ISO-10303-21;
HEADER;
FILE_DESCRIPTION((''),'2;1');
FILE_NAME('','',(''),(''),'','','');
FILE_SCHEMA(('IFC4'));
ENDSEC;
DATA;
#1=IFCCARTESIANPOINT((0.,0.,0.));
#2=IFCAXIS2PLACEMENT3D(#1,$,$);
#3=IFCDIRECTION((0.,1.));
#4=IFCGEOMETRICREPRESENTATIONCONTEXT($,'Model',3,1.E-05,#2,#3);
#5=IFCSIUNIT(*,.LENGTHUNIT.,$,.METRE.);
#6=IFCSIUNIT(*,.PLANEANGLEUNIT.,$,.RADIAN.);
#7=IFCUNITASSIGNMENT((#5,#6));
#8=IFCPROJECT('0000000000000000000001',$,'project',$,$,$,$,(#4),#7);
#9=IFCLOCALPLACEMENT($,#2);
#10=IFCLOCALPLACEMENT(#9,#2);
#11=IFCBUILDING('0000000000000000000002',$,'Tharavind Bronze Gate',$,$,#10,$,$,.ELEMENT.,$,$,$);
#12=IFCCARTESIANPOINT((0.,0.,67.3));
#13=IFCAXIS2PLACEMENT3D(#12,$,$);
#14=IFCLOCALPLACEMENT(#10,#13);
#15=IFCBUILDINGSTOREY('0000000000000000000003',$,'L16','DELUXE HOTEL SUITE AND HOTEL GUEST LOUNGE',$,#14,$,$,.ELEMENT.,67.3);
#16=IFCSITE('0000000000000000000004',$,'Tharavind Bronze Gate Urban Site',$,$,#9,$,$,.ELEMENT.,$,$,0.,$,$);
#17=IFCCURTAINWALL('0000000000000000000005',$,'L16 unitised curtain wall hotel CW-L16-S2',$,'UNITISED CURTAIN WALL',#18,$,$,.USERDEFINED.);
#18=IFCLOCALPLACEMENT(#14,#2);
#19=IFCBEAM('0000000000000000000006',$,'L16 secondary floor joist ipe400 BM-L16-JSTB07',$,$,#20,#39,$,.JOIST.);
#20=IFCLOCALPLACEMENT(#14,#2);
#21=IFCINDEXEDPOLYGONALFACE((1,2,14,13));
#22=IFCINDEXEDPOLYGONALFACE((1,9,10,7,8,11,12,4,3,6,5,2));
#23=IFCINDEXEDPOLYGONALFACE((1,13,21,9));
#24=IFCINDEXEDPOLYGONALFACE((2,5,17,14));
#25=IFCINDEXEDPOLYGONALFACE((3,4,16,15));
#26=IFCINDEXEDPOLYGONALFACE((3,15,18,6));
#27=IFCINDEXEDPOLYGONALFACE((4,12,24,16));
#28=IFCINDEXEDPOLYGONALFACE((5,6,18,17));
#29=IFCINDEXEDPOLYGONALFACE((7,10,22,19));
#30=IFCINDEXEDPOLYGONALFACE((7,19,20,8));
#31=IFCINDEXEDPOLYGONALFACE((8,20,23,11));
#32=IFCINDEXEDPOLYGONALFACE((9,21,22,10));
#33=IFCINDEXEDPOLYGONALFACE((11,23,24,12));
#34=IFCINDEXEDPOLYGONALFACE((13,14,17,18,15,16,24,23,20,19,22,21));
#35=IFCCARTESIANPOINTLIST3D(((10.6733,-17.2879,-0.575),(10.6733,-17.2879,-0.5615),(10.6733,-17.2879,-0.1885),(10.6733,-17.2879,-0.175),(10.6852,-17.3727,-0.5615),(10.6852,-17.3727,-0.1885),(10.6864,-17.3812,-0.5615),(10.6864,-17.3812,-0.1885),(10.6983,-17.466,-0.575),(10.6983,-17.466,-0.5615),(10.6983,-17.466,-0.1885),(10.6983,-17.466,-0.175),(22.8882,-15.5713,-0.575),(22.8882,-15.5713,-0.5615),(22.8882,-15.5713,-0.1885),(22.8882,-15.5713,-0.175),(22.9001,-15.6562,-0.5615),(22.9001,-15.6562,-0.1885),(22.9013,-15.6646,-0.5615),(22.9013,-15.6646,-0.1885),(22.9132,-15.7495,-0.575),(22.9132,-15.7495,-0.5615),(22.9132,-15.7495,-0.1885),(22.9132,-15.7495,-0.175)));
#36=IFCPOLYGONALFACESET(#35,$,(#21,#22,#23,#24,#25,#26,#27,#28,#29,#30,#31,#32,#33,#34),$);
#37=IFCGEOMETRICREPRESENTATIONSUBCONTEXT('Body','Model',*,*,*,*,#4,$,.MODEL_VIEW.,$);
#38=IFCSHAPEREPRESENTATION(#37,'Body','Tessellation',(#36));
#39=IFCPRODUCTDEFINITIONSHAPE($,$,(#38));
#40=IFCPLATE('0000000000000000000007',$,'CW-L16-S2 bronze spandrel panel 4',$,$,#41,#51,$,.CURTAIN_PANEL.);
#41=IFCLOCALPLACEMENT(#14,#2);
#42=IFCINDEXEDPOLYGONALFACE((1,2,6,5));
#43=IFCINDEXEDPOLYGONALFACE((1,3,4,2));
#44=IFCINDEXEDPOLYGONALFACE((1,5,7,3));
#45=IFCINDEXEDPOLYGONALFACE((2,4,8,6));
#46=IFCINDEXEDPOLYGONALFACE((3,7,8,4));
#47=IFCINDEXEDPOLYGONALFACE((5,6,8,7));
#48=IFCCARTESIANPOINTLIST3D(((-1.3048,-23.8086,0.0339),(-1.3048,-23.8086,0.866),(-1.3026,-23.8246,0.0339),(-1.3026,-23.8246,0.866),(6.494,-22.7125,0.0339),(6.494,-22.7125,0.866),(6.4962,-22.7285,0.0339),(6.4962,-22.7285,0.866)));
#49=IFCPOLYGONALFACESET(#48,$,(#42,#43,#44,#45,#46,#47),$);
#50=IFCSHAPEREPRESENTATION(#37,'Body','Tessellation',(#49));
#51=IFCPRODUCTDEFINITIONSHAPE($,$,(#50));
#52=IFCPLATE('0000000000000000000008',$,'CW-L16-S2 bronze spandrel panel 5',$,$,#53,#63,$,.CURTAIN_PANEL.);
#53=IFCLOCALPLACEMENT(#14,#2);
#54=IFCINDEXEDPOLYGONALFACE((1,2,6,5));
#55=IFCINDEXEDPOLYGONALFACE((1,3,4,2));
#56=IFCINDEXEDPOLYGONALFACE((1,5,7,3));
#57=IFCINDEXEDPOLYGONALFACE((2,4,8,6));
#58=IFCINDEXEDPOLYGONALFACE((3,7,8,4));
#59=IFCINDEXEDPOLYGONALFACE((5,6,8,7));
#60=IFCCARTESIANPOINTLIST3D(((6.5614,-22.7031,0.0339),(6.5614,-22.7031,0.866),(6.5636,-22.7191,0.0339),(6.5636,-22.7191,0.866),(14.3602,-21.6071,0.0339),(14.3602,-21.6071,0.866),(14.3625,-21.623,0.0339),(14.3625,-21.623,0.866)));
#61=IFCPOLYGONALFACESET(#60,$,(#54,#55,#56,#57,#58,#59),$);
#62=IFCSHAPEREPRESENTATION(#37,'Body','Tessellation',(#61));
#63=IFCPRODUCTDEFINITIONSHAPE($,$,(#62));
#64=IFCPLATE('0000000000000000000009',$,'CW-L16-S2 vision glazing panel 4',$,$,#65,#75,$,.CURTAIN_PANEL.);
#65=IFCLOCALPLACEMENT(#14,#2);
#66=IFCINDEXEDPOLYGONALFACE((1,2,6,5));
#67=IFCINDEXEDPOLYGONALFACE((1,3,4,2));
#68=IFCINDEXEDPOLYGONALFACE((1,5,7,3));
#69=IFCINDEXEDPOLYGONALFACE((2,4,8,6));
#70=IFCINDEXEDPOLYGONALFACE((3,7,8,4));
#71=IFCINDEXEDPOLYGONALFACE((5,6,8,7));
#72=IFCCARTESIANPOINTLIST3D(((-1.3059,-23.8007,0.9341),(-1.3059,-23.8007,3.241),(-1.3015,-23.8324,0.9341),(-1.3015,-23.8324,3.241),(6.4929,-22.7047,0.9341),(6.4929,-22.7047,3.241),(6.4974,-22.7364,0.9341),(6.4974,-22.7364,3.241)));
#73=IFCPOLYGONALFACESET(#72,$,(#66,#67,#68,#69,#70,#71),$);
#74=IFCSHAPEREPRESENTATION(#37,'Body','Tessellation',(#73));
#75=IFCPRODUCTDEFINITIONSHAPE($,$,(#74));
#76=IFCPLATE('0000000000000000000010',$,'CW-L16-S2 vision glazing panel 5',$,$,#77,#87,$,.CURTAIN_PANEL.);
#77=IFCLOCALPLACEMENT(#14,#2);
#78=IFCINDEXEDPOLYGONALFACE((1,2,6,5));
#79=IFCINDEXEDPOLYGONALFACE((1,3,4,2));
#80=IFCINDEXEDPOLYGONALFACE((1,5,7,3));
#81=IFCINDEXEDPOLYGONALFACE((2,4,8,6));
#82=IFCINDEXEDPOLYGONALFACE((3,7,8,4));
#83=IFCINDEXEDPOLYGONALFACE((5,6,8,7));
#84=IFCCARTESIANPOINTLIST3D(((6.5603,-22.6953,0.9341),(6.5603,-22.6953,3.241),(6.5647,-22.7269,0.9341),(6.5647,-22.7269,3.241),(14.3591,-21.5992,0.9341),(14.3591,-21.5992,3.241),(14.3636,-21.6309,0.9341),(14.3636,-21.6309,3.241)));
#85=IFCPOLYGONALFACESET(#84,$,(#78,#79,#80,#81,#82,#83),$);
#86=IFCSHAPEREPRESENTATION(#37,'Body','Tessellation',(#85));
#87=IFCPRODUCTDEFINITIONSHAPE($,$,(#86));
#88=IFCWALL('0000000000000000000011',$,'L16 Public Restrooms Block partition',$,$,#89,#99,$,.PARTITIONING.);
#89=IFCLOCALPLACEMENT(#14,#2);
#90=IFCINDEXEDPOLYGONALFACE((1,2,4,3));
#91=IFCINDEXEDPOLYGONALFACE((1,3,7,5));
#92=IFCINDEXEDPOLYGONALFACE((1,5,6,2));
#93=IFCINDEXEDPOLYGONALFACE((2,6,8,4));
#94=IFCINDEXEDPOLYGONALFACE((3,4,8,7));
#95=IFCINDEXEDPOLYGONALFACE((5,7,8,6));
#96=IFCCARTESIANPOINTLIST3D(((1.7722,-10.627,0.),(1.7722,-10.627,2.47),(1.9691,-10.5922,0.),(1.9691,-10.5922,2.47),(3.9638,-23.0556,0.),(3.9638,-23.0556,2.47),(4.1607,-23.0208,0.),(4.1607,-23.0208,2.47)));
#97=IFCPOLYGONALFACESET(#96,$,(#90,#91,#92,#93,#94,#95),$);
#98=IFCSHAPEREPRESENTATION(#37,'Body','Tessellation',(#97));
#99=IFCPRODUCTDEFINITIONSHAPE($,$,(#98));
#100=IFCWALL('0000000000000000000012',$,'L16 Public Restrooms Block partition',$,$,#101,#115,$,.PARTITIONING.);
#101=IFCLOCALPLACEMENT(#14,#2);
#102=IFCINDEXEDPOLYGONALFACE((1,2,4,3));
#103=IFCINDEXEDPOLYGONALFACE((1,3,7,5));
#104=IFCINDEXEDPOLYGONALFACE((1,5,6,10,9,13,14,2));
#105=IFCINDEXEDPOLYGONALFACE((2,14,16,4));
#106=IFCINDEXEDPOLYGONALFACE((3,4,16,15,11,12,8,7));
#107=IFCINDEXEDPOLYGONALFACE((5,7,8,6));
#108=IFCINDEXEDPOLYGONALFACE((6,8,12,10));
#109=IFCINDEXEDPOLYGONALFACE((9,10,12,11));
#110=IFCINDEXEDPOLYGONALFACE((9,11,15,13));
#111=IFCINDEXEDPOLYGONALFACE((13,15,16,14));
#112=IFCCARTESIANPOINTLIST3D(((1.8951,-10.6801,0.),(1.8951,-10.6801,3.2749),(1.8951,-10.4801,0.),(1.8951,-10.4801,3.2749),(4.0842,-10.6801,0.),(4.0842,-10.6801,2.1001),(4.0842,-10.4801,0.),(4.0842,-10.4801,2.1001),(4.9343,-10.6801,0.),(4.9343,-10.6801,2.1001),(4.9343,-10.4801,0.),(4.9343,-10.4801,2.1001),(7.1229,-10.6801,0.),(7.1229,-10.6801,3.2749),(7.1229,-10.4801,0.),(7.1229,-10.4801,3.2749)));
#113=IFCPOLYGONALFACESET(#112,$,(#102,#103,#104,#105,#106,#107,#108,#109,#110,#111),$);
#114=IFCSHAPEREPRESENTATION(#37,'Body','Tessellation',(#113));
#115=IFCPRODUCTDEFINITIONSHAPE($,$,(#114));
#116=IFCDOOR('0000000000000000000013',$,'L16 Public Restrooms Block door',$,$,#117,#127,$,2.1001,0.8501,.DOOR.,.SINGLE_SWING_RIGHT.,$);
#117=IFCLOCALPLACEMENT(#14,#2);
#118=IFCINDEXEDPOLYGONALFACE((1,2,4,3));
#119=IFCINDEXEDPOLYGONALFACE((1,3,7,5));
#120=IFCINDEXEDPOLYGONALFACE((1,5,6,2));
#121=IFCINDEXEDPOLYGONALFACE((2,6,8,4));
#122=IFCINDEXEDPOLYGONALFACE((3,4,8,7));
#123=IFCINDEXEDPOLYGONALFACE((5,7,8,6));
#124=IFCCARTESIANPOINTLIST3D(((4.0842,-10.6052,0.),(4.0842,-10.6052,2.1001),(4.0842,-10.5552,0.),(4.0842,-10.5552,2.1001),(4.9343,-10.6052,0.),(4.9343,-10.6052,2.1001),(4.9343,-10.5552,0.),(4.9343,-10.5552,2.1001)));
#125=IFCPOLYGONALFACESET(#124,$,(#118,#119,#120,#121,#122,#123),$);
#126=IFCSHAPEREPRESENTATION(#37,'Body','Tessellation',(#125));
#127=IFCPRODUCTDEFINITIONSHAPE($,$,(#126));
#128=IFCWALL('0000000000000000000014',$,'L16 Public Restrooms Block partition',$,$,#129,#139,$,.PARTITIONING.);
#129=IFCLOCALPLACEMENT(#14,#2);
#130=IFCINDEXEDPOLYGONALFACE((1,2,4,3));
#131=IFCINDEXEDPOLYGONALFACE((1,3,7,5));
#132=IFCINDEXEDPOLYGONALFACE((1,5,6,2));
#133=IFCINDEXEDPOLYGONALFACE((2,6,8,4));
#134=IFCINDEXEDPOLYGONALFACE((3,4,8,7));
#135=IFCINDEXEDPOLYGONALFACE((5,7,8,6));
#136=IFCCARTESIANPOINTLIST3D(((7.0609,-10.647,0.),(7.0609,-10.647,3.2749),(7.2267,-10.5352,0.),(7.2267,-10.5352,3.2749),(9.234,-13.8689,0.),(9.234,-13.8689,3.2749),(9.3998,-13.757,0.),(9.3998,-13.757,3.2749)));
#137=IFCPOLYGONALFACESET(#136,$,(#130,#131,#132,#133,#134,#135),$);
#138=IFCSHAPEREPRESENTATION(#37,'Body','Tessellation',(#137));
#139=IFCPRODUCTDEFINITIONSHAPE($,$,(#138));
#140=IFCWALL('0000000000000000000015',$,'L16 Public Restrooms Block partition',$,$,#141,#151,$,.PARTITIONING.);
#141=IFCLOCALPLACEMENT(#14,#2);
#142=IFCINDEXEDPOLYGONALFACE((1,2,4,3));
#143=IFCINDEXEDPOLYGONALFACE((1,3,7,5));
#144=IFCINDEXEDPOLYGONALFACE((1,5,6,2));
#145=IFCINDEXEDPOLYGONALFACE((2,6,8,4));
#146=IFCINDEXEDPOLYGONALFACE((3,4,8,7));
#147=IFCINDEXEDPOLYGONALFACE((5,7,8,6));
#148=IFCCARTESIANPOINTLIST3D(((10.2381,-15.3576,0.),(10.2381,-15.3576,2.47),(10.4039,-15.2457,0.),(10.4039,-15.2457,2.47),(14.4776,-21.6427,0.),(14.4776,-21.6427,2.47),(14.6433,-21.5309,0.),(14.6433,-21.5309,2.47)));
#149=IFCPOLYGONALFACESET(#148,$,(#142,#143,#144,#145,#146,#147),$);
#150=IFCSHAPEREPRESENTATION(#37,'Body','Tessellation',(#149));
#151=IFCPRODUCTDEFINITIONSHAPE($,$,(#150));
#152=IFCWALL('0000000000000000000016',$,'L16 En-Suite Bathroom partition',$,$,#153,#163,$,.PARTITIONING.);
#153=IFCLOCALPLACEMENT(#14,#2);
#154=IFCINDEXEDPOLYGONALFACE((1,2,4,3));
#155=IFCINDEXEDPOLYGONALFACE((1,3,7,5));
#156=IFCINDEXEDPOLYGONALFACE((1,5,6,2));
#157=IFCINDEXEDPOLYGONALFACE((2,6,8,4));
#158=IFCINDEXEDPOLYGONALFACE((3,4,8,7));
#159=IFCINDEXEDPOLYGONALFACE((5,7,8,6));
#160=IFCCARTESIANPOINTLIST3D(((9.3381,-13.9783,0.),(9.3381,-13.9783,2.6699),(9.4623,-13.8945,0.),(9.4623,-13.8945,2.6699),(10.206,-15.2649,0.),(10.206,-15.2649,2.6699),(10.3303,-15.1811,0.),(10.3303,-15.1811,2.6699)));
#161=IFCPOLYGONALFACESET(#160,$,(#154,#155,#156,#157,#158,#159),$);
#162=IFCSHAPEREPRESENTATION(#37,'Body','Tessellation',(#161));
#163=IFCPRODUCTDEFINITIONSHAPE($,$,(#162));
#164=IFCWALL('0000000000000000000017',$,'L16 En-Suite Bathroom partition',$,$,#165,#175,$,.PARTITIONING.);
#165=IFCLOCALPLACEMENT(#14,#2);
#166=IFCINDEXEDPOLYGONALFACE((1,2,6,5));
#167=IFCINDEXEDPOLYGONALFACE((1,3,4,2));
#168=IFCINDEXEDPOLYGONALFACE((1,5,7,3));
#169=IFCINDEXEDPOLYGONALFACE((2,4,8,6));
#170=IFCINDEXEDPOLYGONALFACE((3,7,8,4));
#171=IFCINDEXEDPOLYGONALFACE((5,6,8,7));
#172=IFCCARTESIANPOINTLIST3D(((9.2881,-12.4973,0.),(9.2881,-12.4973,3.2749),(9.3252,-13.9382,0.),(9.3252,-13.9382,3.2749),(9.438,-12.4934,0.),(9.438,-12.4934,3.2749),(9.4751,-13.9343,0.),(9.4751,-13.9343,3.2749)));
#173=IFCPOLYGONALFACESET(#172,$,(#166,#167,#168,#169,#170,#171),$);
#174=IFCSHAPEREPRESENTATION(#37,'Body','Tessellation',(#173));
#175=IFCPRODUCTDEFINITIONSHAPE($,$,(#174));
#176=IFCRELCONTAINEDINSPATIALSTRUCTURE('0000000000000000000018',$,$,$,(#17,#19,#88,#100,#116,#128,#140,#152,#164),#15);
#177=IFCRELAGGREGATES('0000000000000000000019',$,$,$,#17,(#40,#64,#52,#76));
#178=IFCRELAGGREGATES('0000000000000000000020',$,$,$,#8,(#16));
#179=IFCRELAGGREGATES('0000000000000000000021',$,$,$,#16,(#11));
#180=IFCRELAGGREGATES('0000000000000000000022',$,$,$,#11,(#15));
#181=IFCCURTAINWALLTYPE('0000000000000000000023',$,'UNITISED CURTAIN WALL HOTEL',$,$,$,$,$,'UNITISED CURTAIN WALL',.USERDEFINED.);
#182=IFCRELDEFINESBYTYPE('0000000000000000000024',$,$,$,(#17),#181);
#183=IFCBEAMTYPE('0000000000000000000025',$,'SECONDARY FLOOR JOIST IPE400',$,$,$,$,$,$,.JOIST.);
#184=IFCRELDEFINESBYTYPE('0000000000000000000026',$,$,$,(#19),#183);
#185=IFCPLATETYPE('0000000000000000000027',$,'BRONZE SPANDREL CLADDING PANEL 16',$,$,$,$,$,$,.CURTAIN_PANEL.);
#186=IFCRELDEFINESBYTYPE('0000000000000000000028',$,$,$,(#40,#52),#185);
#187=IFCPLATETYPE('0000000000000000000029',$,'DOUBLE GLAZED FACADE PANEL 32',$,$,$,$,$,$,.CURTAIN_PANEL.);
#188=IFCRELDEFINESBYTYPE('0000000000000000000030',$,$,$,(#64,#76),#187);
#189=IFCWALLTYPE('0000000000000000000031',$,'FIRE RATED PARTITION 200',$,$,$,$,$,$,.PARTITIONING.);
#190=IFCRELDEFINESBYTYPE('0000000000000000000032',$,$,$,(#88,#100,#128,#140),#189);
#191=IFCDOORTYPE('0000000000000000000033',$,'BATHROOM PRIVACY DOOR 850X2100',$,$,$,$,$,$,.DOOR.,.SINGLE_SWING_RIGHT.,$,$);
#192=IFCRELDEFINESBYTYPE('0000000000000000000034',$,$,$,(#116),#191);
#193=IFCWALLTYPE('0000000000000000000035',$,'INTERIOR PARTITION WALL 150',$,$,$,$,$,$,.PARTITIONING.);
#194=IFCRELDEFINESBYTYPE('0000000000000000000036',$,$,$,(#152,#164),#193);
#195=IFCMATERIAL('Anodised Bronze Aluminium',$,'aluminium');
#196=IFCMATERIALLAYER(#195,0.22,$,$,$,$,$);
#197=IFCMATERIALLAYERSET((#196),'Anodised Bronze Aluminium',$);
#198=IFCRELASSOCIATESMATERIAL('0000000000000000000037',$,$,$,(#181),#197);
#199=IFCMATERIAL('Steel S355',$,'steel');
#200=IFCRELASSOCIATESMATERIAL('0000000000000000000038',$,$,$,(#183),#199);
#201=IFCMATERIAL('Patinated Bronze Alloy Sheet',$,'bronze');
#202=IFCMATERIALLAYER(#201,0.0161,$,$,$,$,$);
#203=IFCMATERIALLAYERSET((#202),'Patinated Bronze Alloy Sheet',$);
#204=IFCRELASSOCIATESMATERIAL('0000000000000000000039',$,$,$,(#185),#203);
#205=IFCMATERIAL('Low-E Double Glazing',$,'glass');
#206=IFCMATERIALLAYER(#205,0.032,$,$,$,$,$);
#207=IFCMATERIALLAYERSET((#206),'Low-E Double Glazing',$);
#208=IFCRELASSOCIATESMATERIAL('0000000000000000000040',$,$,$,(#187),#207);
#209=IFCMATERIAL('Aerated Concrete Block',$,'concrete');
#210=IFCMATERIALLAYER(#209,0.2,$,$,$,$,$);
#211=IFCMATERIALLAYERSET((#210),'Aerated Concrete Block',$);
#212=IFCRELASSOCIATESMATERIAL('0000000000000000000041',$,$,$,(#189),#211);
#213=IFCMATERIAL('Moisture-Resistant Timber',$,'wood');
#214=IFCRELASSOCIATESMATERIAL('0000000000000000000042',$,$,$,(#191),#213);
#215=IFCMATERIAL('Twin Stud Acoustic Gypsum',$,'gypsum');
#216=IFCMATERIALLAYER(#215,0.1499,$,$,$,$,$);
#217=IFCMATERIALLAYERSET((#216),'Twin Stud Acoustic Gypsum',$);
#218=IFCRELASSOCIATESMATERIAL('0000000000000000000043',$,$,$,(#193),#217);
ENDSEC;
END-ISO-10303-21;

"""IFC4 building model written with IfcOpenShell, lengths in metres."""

from ifc_helpers import new_model, si_unit, direction, frame, frame_2d, origin, origin_2d, place, context, subcontext, project, spatial, rectangle, i_section, extrude, material, layer, layer_set, material_profile, profile_set, type_object, element, fill, aggregate, save


model = new_model("IFC4")

# Units and contexts
model_context = context("Model", 3, precision=1e-05, world=origin(), true_north=direction((0.0, 1.0)))
body_context = subcontext(model_context, "Body", "Model", "MODEL_VIEW")
ifc_project = project(units=[si_unit("LENGTHUNIT", "METRE"), si_unit("PLANEANGLEUNIT", "RADIAN")], contexts=[model_context])

# Site, building, storey
site_placement = place(None, origin())
site = spatial("IfcSite", under=ifc_project, at=site_placement, Name="Tharavind Bronze Gate Urban Site", CompositionType="ELEMENT", RefElevation=0.0)
building_placement = place(site_placement, origin())
building = spatial("IfcBuilding", under=site, at=building_placement, Name="Tharavind Bronze Gate", CompositionType="ELEMENT")
storey_placement = place(building_placement, frame((0.0, 0.0, 67.3)))
storey = spatial("IfcBuildingStorey", under=building, at=storey_placement, Name="L16", Description="DELUXE HOTEL SUITE AND HOTEL GUEST LOUNGE", CompositionType="ELEMENT", Elevation=67.3)

# Curtain wall
ifc_material_1 = material(Name="Anodised Bronze Aluminium", Category="aluminium")
ifc_layer_1 = layer(ifc_material_1, 0.22)
ifc_layer_set_1 = layer_set([ifc_layer_1], Name="Anodised Bronze Aluminium")
curtain_wall_type = type_object("IfcCurtainWallType", Name="UNITISED CURTAIN WALL HOTEL", ElementType="UNITISED CURTAIN WALL", PredefinedType="USERDEFINED", material=ifc_layer_set_1)
curtain_wall_placement = place(storey_placement, origin())
curtain_wall = element("IfcCurtainWall", 1, at=curtain_wall_placement, inside=storey, type_object=curtain_wall_type, Name="L16 unitised curtain wall hotel CW-L16-S2", ObjectType="UNITISED CURTAIN WALL", PredefinedType="USERDEFINED")

# Beam
ifc_material_2 = material(Name="Steel S355", Category="steel")
ifc_material_profile_1 = material_profile(ifc_material_2, i_section(OverallWidth=0.1799, OverallDepth=0.3999, WebThickness=0.0085, FlangeThickness=0.0134, at=origin_2d()), Name="IPE400")
ifc_profile_set_1 = profile_set([ifc_material_profile_1], Name="Steel S355")
beam_type_1 = type_object("IfcBeamType", Name="SECONDARY FLOOR JOIST IPE400", PredefinedType="JOIST", material=ifc_profile_set_1)
beam_1_placement = place(storey_placement, frame((10.6858, -17.377, -0.375), z_axis=(0.99027, 0.139163, 0.0), x_axis=(-0.139163, 0.99027, 0.0)))
element("IfcBeam", 2, at=beam_1_placement, inside=storey, type_object=beam_type_1, Name="L16 secondary floor joist ipe400 BM-L16-JSTB07", PredefinedType="JOIST", context=body_context, shape_type="SweptSolid", body=[
    extrude(i_section(OverallWidth=0.1799, OverallDepth=0.3999, WebThickness=0.0085, FlangeThickness=0.0134, at=origin_2d()), origin(), (0.0, 0.0, 1.0), 12.335),
])

# Plates
ifc_material_3 = material(Name="Patinated Bronze Alloy Sheet", Category="bronze")
ifc_layer_2 = layer(ifc_material_3, 0.0161)
ifc_layer_set_2 = layer_set([ifc_layer_2], Name="Patinated Bronze Alloy Sheet")
plate_type_1 = type_object("IfcPlateType", Name="BRONZE SPANDREL CLADDING PANEL 16", PredefinedType="CURTAIN_PANEL", material=ifc_layer_set_2)
plate_1_placement = place(storey_placement, frame((2.5957, -23.2686, 0.0339), z_axis=(0.0, 0.0, 1.0), x_axis=(0.990268, 0.139173, 0.0)))
plate_1 = element("IfcPlate", 3, at=plate_1_placement, type_object=plate_type_1, Name="CW-L16-S2 bronze spandrel panel 4", PredefinedType="CURTAIN_PANEL", context=body_context, shape_type="SweptSolid", body=[
    extrude(rectangle(XDim=7.8755, YDim=0.0161, at=origin_2d()), origin(), (0.0, 0.0, 1.0), 0.832),
])
plate_2_placement = place(storey_placement, frame((10.4619, -22.1631, 0.0339), z_axis=(0.0, 0.0, 1.0), x_axis=(0.990268, 0.139173, 0.0)))
plate_2 = element("IfcPlate", 4, at=plate_2_placement, type_object=plate_type_1, Name="CW-L16-S2 bronze spandrel panel 5", PredefinedType="CURTAIN_PANEL", context=body_context, shape_type="SweptSolid", body=[
    extrude(rectangle(XDim=7.8755, YDim=0.0161, at=origin_2d()), origin(), (0.0, 0.0, 1.0), 0.832),
])
ifc_material_4 = material(Name="Low-E Double Glazing", Category="glass")
ifc_layer_3 = layer(ifc_material_4, 0.032)
ifc_layer_set_3 = layer_set([ifc_layer_3], Name="Low-E Double Glazing")
plate_type_2 = type_object("IfcPlateType", Name="DOUBLE GLAZED FACADE PANEL 32", PredefinedType="CURTAIN_PANEL", material=ifc_layer_set_3)
plate_3_placement = place(storey_placement, frame((2.5957, -23.2686, 0.9341), z_axis=(0.0, 0.0, 1.0), x_axis=(0.990268, 0.139173, 0.0)))
plate_3 = element("IfcPlate", 5, at=plate_3_placement, type_object=plate_type_2, Name="CW-L16-S2 vision glazing panel 4", PredefinedType="CURTAIN_PANEL", context=body_context, shape_type="SweptSolid", body=[
    extrude(rectangle(XDim=7.8755, YDim=0.032, at=origin_2d()), origin(), (0.0, 0.0, 1.0), 2.3069),
])
plate_4_placement = place(storey_placement, frame((10.4619, -22.1631, 0.9341), z_axis=(0.0, 0.0, 1.0), x_axis=(0.990268, 0.139173, 0.0)))
plate_4 = element("IfcPlate", 6, at=plate_4_placement, type_object=plate_type_2, Name="CW-L16-S2 vision glazing panel 5", PredefinedType="CURTAIN_PANEL", context=body_context, shape_type="SweptSolid", body=[
    extrude(rectangle(XDim=7.8755, YDim=0.032, at=origin_2d()), origin(), (0.0, 0.0, 1.0), 2.3069),
])
aggregate(curtain_wall, [plate_1, plate_3, plate_2, plate_4])

# Wall
ifc_material_5 = material(Name="Aerated Concrete Block", Category="concrete")
ifc_layer_4 = layer(ifc_material_5, 0.2)
ifc_layer_set_4 = layer_set([ifc_layer_4], Name="Aerated Concrete Block")
wall_type_1 = type_object("IfcWallType", Name="FIRE RATED PARTITION 200", PredefinedType="PARTITIONING", material=ifc_layer_set_4)
wall_1_placement = place(storey_placement, frame((4.0623, -23.0381, 0.0), z_axis=(0.0, 0.0, 1.0), x_axis=(-0.173658, 0.984806, 0.0)))
element("IfcWall", 7, at=wall_1_placement, inside=storey, type_object=wall_type_1, Name="L16 Public Restrooms Block partition", PredefinedType="PARTITIONING", context=body_context, shape_type="SweptSolid", body=[
    extrude(rectangle(XDim=12.6204, YDim=0.2, at=frame_2d((6.3101, 0.0))), origin(), (0.0, 0.0, 1.0), 2.47),
])

# Wall, opening, door
wall_2_placement = place(storey_placement, frame((1.8953, -10.5801, 0.0), z_axis=(0.0, 0.0, 1.0), x_axis=(1.0, 0.0, 0.0)))
wall_2 = element("IfcWall", 8, at=wall_2_placement, inside=storey, type_object=wall_type_1, Name="L16 Public Restrooms Block partition", PredefinedType="PARTITIONING", context=body_context, shape_type="SweptSolid", body=[
    extrude(rectangle(XDim=5.2278, YDim=0.2, at=frame_2d((2.6138, 0.0))), origin(), (0.0, 0.0, 1.0), 3.2749),
])
opening_placement = place(wall_2_placement, frame((2.189, 0.0, 0.0)))
opening = element("IfcOpeningElement", 9, at=opening_placement, cuts=wall_2, PredefinedType="OPENING", context=body_context, shape_type="SweptSolid", body=[
    extrude(rectangle(XDim=0.8501, YDim=2.1001, at=frame_2d((0.425, 1.05))), frame((0.0, 0.1101, 0.0), z_axis=(0.0, -1.0, 0.0), x_axis=(1.0, 0.0, 0.0)), (0.0, 0.0, 1.0), 0.22),
])
ifc_material_6 = material(Name="Moisture-Resistant Timber", Category="wood")
door_type = type_object("IfcDoorType", Name="BATHROOM PRIVACY DOOR 850X2100", OperationType="SINGLE_SWING_RIGHT", PredefinedType="DOOR", material=ifc_material_6)
door_placement = place(opening_placement, origin())
door = element("IfcDoor", 10, at=door_placement, inside=storey, type_object=door_type, Name="L16 Public Restrooms Block door", OperationType="SINGLE_SWING_RIGHT", OverallHeight=2.1001, OverallWidth=0.8501, PredefinedType="DOOR", context=body_context, shape_type="SweptSolid", body=[
    extrude(rectangle(XDim=0.8501, YDim=2.1001, at=frame_2d((0.425, 1.05))), frame((0.0, 0.0249, 0.0), z_axis=(0.0, -1.0, 0.0), x_axis=(1.0, 0.0, 0.0)), (0.0, 0.0, 1.0), 0.05),
])
fill(opening, door)

# Walls
wall_3_placement = place(storey_placement, frame((7.1438, -10.5911, 0.0), z_axis=(0.0, 0.0, 1.0), x_axis=(0.559172, -0.829052, 0.0)))
element("IfcWall", 11, at=wall_3_placement, inside=storey, type_object=wall_type_1, Name="L16 Public Restrooms Block partition", PredefinedType="PARTITIONING", context=body_context, shape_type="SweptSolid", body=[
    extrude(rectangle(XDim=3.8862, YDim=0.2, at=frame_2d((1.9431, 0.0))), origin(), (0.0, 0.0, 1.0), 3.2749),
])
wall_4_placement = place(storey_placement, frame((10.321, -15.3018, 0.0), z_axis=(0.0, 0.0, 1.0), x_axis=(0.559203, -0.829031, 0.0)))
element("IfcWall", 12, at=wall_4_placement, inside=storey, type_object=wall_type_1, Name="L16 Public Restrooms Block partition", PredefinedType="PARTITIONING", context=body_context, shape_type="SweptSolid", body=[
    extrude(rectangle(XDim=7.5813, YDim=0.2, at=frame_2d((3.7905, 0.0))), origin(), (0.0, 0.0, 1.0), 2.47),
])
ifc_material_7 = material(Name="Twin Stud Acoustic Gypsum", Category="gypsum")
ifc_layer_5 = layer(ifc_material_7, 0.1499)
ifc_layer_set_5 = layer_set([ifc_layer_5], Name="Twin Stud Acoustic Gypsum")
wall_type_2 = type_object("IfcWallType", Name="INTERIOR PARTITION WALL 150", PredefinedType="PARTITIONING", material=ifc_layer_set_5)
wall_5_placement = place(storey_placement, frame((10.2681, -15.2229, 0.0), z_axis=(0.0, 0.0, 1.0), x_axis=(-0.55923, 0.829013, 0.0)))
element("IfcWall", 13, at=wall_5_placement, inside=storey, type_object=wall_type_2, Name="L16 En-Suite Bathroom partition", PredefinedType="PARTITIONING", context=body_context, shape_type="SweptSolid", body=[
    extrude(rectangle(XDim=1.552, YDim=0.1499, at=frame_2d((0.7759, 0.0))), origin(), (0.0, 0.0, 1.0), 2.6699),
])
wall_6_placement = place(storey_placement, frame((9.4001, -13.9363, 0.0), z_axis=(0.0, 0.0, 1.0), x_axis=(-0.025745, 0.999669, 0.0)))
element("IfcWall", 14, at=wall_6_placement, inside=storey, type_object=wall_type_2, Name="L16 En-Suite Bathroom partition", PredefinedType="PARTITIONING", context=body_context, shape_type="SweptSolid", body=[
    extrude(rectangle(XDim=1.4414, YDim=0.1499, at=frame_2d((0.7207, 0.0))), origin(), (0.0, 0.0, 1.0), 3.2749),
])

save(model, "model.ifc")
